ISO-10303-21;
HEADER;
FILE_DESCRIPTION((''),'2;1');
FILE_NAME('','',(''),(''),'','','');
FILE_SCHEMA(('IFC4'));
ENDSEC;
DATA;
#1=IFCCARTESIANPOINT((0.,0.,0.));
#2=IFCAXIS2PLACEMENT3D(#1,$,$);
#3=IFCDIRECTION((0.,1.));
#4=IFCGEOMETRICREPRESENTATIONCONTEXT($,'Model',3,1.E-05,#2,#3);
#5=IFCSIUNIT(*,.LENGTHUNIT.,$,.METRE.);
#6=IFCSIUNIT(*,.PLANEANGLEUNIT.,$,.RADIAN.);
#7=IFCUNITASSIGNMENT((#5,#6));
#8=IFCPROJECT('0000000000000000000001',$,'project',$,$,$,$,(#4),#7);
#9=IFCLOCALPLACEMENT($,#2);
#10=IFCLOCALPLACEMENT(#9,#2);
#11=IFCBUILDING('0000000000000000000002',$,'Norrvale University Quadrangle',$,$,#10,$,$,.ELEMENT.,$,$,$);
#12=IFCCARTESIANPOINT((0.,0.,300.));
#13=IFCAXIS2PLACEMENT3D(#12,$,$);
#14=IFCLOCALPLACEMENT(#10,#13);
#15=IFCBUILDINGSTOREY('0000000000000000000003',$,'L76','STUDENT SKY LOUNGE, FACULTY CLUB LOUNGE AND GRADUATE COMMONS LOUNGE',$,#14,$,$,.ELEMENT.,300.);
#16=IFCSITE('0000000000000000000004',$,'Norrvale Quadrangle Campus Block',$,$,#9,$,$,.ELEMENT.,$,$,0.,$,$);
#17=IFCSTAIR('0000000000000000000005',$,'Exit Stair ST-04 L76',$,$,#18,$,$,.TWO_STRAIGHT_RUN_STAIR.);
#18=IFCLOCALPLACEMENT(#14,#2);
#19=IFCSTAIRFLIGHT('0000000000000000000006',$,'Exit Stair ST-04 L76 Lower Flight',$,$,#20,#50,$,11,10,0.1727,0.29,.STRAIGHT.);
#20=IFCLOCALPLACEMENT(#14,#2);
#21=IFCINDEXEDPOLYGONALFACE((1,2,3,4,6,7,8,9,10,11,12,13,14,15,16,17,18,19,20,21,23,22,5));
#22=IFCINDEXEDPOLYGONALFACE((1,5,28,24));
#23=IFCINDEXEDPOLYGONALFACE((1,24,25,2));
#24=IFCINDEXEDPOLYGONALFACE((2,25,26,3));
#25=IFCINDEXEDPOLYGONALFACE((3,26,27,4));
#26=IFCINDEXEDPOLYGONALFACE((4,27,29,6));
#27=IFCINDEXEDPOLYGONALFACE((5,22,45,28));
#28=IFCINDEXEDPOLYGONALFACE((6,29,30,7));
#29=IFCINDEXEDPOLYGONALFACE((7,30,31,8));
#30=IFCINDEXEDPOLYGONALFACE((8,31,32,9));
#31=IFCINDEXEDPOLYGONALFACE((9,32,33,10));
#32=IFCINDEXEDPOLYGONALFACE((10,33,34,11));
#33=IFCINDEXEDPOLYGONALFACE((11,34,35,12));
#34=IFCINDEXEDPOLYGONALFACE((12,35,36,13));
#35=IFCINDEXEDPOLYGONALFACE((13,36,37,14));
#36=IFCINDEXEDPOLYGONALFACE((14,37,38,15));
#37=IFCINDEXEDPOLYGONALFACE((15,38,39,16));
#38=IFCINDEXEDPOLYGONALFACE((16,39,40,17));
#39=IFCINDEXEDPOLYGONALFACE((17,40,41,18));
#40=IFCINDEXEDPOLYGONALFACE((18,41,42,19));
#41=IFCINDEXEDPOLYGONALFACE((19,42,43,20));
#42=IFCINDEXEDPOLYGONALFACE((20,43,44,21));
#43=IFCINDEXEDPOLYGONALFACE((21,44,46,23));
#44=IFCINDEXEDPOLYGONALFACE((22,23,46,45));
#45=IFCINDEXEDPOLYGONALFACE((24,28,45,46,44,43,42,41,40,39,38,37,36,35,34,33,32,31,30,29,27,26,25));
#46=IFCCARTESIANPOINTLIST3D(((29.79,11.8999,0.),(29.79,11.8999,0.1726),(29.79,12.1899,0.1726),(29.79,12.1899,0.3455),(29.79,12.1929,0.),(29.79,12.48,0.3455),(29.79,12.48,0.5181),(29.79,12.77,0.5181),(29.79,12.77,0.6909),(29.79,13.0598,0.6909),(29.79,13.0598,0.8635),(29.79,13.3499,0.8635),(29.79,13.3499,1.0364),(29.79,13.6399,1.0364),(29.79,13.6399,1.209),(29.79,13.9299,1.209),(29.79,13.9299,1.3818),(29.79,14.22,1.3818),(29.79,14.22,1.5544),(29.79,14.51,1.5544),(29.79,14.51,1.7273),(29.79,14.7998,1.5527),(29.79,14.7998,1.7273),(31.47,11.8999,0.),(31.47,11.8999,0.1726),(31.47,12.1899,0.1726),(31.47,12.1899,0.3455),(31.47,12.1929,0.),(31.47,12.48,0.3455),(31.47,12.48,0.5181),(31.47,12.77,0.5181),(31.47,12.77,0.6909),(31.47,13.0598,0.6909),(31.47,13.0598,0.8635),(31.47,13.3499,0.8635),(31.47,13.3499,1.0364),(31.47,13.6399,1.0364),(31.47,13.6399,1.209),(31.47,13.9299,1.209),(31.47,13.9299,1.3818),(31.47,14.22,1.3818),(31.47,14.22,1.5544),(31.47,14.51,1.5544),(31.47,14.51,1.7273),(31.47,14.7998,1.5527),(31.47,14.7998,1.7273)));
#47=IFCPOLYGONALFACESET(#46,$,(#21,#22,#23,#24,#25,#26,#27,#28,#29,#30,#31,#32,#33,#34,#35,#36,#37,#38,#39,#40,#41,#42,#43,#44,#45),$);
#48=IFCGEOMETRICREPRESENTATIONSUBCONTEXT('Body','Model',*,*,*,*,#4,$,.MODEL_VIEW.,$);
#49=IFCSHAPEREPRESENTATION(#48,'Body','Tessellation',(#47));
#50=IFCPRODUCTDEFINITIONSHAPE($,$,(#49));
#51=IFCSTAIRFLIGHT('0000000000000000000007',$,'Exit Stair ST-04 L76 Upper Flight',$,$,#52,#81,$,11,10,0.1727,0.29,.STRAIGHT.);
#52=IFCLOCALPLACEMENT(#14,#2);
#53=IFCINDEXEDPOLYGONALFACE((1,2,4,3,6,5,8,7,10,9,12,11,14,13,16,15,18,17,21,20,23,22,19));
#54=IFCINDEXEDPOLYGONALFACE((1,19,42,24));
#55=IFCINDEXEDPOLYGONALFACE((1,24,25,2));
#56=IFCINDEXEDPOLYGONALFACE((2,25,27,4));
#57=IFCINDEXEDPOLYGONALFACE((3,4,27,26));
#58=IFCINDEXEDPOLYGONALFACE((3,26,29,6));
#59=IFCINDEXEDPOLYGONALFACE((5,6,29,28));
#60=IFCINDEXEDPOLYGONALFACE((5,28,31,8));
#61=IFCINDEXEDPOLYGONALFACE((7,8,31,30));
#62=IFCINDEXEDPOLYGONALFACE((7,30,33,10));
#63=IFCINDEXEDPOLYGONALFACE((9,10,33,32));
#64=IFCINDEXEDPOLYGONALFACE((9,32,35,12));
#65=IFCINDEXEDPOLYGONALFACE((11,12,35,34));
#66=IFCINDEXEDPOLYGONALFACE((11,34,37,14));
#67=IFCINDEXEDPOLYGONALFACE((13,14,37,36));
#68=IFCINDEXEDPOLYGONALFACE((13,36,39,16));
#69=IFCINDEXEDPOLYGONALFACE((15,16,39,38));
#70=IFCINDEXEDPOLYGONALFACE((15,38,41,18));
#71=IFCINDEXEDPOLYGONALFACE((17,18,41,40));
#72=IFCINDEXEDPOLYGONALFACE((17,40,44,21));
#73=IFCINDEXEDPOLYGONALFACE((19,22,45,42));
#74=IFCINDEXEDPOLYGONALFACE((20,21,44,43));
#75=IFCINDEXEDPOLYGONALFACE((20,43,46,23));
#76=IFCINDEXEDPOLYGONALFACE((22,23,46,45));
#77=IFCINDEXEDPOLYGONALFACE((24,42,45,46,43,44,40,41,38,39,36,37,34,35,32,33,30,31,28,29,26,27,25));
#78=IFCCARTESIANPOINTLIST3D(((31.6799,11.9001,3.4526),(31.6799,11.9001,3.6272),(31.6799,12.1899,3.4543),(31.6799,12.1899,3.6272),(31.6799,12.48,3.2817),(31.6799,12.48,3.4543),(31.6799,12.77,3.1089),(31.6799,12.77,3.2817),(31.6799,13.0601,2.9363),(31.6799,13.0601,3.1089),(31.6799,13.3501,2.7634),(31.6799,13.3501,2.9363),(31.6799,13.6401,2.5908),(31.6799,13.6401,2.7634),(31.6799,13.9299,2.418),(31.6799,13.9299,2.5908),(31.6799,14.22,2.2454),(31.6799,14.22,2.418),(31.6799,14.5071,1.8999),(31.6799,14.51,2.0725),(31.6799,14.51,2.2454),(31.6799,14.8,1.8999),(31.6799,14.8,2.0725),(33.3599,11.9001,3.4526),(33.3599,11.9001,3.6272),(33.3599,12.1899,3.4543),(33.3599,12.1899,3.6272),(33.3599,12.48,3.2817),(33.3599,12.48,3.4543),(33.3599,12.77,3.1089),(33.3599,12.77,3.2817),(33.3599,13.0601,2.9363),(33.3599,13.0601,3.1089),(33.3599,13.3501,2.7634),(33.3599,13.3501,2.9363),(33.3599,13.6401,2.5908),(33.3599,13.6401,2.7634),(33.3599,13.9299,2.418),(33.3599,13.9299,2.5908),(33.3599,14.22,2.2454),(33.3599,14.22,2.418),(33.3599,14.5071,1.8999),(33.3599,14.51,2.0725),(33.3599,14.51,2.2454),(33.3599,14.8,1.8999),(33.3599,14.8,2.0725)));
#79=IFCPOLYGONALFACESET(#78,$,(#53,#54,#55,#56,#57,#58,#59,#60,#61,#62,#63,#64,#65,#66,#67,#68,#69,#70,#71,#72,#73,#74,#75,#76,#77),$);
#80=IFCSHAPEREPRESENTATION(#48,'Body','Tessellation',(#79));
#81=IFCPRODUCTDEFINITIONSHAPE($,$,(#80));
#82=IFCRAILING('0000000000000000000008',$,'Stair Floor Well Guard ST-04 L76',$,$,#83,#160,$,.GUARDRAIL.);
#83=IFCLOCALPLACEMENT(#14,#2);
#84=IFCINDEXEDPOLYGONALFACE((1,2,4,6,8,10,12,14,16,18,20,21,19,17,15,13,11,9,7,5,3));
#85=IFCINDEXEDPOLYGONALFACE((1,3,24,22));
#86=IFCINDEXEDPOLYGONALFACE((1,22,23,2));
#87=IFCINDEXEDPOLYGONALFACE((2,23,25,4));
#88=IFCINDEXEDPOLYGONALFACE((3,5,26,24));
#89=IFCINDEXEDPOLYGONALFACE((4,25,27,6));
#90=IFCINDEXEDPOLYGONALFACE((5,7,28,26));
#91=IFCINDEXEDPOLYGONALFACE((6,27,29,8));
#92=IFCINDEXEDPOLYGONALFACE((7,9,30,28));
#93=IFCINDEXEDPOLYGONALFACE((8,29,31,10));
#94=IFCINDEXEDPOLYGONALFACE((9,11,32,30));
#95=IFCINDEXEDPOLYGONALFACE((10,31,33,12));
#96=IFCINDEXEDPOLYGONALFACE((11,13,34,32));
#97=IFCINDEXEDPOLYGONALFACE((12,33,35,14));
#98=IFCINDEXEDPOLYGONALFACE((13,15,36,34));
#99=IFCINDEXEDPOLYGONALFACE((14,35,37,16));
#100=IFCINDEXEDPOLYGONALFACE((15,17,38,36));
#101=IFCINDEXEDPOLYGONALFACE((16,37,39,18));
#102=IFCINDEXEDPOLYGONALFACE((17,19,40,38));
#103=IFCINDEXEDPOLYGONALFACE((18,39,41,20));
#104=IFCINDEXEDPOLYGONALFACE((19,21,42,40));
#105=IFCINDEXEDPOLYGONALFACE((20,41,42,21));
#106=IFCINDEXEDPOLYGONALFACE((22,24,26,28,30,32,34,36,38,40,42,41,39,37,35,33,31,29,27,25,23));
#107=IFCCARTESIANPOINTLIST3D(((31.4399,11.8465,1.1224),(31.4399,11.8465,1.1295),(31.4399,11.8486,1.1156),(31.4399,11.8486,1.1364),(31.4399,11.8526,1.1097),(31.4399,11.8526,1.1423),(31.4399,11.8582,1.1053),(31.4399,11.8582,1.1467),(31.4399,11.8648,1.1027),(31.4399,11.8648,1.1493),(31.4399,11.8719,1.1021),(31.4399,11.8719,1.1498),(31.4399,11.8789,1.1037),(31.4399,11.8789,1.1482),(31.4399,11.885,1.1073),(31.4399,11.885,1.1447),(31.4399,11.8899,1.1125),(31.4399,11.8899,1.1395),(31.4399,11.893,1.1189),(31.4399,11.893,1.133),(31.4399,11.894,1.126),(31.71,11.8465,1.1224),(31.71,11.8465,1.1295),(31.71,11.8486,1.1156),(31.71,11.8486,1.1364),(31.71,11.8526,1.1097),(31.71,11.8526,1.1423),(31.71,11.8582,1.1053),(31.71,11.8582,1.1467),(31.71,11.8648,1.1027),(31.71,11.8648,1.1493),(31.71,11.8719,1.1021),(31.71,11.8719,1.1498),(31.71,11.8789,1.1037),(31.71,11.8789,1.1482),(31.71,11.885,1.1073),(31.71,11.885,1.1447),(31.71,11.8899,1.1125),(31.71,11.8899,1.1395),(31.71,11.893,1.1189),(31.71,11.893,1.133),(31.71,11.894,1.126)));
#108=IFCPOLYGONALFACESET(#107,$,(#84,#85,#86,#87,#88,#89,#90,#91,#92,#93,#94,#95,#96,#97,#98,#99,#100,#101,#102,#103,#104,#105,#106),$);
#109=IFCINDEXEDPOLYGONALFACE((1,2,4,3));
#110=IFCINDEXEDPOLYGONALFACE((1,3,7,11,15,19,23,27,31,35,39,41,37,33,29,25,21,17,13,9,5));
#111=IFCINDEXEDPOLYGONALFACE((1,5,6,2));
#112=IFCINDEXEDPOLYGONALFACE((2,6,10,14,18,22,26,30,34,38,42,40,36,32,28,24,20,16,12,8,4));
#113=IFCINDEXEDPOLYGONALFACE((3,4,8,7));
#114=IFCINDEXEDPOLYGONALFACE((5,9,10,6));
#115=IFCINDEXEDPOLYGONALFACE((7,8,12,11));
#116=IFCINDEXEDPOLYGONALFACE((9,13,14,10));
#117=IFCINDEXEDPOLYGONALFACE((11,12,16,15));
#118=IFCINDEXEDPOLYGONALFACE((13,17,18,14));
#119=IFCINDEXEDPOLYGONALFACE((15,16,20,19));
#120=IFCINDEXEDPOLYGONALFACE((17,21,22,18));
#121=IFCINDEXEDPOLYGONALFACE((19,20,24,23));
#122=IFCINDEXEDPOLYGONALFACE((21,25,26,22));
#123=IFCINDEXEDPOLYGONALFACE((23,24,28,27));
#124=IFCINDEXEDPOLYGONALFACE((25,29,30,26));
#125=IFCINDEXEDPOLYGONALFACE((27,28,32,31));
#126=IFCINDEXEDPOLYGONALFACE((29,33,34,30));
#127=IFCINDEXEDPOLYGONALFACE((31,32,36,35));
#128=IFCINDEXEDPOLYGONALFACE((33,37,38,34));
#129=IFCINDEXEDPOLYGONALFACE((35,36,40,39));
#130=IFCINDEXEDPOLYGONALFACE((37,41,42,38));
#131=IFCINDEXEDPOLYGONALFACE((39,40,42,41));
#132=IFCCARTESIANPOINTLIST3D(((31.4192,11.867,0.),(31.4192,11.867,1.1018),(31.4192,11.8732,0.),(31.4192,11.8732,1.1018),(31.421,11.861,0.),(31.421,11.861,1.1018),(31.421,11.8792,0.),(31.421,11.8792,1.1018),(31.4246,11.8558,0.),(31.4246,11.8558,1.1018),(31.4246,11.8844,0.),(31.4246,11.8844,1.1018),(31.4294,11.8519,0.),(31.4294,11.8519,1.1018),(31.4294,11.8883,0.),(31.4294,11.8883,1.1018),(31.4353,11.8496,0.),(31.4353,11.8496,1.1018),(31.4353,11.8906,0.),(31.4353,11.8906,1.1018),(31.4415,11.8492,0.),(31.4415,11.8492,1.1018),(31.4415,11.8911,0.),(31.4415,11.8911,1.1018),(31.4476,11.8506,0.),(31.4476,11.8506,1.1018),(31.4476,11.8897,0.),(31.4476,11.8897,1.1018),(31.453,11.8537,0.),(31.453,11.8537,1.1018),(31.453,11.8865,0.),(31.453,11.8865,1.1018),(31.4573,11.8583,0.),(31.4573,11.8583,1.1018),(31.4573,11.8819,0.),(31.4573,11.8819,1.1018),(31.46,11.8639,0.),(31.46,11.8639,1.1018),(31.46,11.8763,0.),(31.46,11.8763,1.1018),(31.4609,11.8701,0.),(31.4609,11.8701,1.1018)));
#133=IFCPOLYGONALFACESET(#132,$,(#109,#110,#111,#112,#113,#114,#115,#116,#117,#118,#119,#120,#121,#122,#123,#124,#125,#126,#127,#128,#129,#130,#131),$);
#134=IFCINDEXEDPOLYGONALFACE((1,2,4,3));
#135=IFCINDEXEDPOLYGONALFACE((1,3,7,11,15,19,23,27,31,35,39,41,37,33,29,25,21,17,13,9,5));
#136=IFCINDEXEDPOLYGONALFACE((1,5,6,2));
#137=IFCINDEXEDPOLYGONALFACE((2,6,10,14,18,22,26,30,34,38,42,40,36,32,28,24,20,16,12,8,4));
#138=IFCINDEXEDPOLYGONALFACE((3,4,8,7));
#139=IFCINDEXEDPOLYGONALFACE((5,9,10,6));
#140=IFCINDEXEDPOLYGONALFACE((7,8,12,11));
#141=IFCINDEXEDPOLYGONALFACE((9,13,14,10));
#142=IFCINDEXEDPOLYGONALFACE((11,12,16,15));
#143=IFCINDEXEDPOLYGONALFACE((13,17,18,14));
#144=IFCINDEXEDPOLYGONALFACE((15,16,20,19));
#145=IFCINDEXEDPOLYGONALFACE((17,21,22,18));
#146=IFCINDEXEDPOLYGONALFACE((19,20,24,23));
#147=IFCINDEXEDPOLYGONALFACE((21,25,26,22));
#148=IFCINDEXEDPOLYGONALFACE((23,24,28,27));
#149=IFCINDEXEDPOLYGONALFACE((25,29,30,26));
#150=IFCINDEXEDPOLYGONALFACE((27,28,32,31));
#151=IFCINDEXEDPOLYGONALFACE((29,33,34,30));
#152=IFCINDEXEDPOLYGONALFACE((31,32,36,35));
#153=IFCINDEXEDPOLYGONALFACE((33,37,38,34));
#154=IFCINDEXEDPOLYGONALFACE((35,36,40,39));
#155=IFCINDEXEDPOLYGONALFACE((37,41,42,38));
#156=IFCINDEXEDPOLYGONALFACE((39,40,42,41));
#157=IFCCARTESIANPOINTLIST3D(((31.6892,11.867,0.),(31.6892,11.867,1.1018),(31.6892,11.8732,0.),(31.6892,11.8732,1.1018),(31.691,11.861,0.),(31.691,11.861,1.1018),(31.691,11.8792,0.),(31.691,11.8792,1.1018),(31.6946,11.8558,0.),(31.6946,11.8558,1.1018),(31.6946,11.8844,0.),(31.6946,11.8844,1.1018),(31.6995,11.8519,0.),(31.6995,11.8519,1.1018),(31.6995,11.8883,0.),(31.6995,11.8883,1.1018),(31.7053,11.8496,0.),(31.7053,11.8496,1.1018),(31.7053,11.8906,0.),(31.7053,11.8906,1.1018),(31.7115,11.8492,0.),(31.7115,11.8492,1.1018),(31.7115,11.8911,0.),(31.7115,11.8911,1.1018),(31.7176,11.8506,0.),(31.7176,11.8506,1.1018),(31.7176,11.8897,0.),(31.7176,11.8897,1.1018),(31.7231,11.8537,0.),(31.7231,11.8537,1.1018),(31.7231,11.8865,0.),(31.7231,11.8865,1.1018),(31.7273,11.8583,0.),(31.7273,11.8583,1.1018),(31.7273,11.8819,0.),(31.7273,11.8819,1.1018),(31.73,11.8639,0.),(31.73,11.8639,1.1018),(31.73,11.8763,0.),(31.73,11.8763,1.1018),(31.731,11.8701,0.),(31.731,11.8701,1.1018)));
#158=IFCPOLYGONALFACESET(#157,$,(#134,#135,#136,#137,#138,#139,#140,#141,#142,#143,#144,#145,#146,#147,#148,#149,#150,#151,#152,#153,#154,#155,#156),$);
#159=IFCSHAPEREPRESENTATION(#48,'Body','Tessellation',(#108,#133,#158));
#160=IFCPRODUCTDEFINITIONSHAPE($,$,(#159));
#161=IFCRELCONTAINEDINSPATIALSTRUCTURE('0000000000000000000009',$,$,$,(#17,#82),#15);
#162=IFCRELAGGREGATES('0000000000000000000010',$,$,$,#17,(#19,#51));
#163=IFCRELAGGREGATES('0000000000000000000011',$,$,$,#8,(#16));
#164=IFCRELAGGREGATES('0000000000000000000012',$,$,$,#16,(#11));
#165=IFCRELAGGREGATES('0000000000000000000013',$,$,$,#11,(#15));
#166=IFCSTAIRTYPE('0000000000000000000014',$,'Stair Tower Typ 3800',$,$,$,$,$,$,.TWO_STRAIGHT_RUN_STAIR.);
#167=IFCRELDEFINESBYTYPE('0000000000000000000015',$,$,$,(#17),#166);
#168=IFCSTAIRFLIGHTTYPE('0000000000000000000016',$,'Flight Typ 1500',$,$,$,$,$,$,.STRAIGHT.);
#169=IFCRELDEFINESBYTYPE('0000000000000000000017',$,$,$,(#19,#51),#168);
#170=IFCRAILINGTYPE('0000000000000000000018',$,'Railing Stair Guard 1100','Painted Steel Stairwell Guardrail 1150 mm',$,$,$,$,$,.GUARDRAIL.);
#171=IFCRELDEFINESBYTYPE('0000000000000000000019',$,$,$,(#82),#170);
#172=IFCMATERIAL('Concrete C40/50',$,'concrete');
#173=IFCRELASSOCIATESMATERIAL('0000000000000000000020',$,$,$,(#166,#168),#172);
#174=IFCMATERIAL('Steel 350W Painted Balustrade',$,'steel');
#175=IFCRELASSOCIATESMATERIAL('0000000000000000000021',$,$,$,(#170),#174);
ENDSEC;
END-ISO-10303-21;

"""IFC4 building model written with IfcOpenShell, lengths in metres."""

from ifc_helpers import new_model, si_unit, direction, frame, origin, origin_2d, place, context, subcontext, project, spatial, polyline, circle, outline, extrude, material, type_object, element, aggregate, save


model = new_model("IFC4")

# Units and contexts
model_context = context("Model", 3, precision=1e-05, world=origin(), true_north=direction((0.0, 1.0)))
body_context = subcontext(model_context, "Body", "Model", "MODEL_VIEW")
ifc_project = project(units=[si_unit("LENGTHUNIT", "METRE"), si_unit("PLANEANGLEUNIT", "RADIAN")], contexts=[model_context])

# Site, building, storey
site_placement = place(None, origin())
site = spatial("IfcSite", under=ifc_project, at=site_placement, Name="Norrvale Quadrangle Campus Block", CompositionType="ELEMENT", RefElevation=0.0)
building_placement = place(site_placement, origin())
building = spatial("IfcBuilding", under=site, at=building_placement, Name="Norrvale University Quadrangle", CompositionType="ELEMENT")
storey_placement = place(building_placement, frame((0.0, 0.0, 300.0)))
storey = spatial("IfcBuildingStorey", under=building, at=storey_placement, Name="L76", Description="STUDENT SKY LOUNGE, FACULTY CLUB LOUNGE AND GRADUATE COMMONS LOUNGE", CompositionType="ELEMENT", Elevation=300.0)

# Stair, stair flights
ifc_material_1 = material(Name="Concrete C40/50", Category="concrete")
stair_type = type_object("IfcStairType", Name="Stair Tower Typ 3800", PredefinedType="TWO_STRAIGHT_RUN_STAIR", material=ifc_material_1)
stair_placement = place(storey_placement, origin())
stair = element("IfcStair", 1, at=stair_placement, inside=storey, type_object=stair_type, Name="Exit Stair ST-04 L76", PredefinedType="TWO_STRAIGHT_RUN_STAIR")
stair_flight_type = type_object("IfcStairFlightType", Name="Flight Typ 1500", PredefinedType="STRAIGHT", material=ifc_material_1)
stair_flight_1_placement = place(storey_placement, frame((30.6299, 11.8999, 0.0), z_axis=(0.0, 0.0, 1.0), x_axis=(0.0, 1.0, 0.0)))
stair_flight_1 = element("IfcStairFlight", 2, at=stair_flight_1_placement, type_object=stair_flight_type, Name="Exit Stair ST-04 L76 Lower Flight", NumberOfRisers=11, NumberOfTreads=10, PredefinedType="STRAIGHT", RiserHeight=0.1727, TreadLength=0.29, context=body_context, shape_type="SweptSolid", body=[
    extrude(outline(polyline([(0.0, 0.0), (0.0, 0.1726), (0.29, 0.1726), (0.29, 0.3455), (0.5801, 0.3455), (0.5801, 0.5181), (0.8701, 0.5181), (0.8701, 0.6909), (1.1599, 0.6909), (1.1599, 0.8635), (1.45, 0.8635), (1.45, 1.0364), (1.74, 1.0364), (1.74, 1.209), (2.03, 1.209), (2.03, 1.3818), (2.3201, 1.3818), (2.3201, 1.5544), (2.6101, 1.5544), (2.6101, 1.7273), (2.8999, 1.7273), (2.8999, 1.8999), (2.8999, 1.5527), (0.293, 0.0), (0.0, 0.0)])), frame((0.0, 0.8398, 0.0), z_axis=(0.0, -1.0, 0.0), x_axis=(1.0, 0.0, 0.0)), (0.0, 0.0, 1.0), 1.6799),
])
stair_flight_2_placement = place(storey_placement, frame((32.52, 14.8, 1.8999), z_axis=(0.0, 0.0, 1.0), x_axis=(0.0, -1.0, 0.0)))
stair_flight_2 = element("IfcStairFlight", 3, at=stair_flight_2_placement, type_object=stair_flight_type, Name="Exit Stair ST-04 L76 Upper Flight", NumberOfRisers=11, NumberOfTreads=10, PredefinedType="STRAIGHT", RiserHeight=0.1727, TreadLength=0.29, context=body_context, shape_type="SweptSolid", body=[
    extrude(outline(polyline([(0.0, 0.0), (0.0, 0.1726), (0.29, 0.1726), (0.29, 0.3455), (0.5801, 0.3455), (0.5801, 0.5181), (0.8701, 0.5181), (0.8701, 0.6909), (1.1599, 0.6909), (1.1599, 0.8635), (1.45, 0.8635), (1.45, 1.0364), (1.74, 1.0364), (1.74, 1.209), (2.03, 1.209), (2.03, 1.3818), (2.3201, 1.3818), (2.3201, 1.5544), (2.6101, 1.5544), (2.6101, 1.7273), (2.8999, 1.7273), (2.8999, 1.8999), (2.8999, 1.5527), (0.293, 0.0), (0.0, 0.0)])), frame((0.0, 0.8398, 0.0), z_axis=(0.0, -1.0, 0.0), x_axis=(1.0, 0.0, 0.0)), (0.0, 0.0, 1.0), 1.6799),
])
aggregate(stair, [stair_flight_1, stair_flight_2])

# Railing
ifc_material_2 = material(Name="Steel 350W Painted Balustrade", Category="steel")
railing_type_1 = type_object("IfcRailingType", Name="Railing Stair Guard 1100", Description="Painted Steel Stairwell Guardrail 1150 mm", PredefinedType="GUARDRAIL", material=ifc_material_2)
for number, where, name in (
    (4, (31.4399, 11.8701, 0.0), "Stair Floor Well Guard ST-04 L76"),
):
    element("IfcRailing", number, at=place(storey_placement, frame(where)), inside=storey, type_object=railing_type_1, Name=name, PredefinedType="GUARDRAIL", context=body_context, shape_type="SweptSolid", body=[
        extrude(circle(Radius=0.0239, at=origin_2d()), frame((0.0, 0.0, 1.126), z_axis=(1.0, 0.0, 0.0), x_axis=(0.0, 1.0, 0.0)), (0.0, 0.0, 1.0), 0.27),
        extrude(circle(Radius=0.021, at=origin_2d()), origin(), (0.0, 0.0, 1.0), 1.1018),
        extrude(circle(Radius=0.021, at=origin_2d()), frame((0.27, 0.0, 0.0)), (0.0, 0.0, 1.0), 1.1018),
    ])

save(model, "model.ifc")
